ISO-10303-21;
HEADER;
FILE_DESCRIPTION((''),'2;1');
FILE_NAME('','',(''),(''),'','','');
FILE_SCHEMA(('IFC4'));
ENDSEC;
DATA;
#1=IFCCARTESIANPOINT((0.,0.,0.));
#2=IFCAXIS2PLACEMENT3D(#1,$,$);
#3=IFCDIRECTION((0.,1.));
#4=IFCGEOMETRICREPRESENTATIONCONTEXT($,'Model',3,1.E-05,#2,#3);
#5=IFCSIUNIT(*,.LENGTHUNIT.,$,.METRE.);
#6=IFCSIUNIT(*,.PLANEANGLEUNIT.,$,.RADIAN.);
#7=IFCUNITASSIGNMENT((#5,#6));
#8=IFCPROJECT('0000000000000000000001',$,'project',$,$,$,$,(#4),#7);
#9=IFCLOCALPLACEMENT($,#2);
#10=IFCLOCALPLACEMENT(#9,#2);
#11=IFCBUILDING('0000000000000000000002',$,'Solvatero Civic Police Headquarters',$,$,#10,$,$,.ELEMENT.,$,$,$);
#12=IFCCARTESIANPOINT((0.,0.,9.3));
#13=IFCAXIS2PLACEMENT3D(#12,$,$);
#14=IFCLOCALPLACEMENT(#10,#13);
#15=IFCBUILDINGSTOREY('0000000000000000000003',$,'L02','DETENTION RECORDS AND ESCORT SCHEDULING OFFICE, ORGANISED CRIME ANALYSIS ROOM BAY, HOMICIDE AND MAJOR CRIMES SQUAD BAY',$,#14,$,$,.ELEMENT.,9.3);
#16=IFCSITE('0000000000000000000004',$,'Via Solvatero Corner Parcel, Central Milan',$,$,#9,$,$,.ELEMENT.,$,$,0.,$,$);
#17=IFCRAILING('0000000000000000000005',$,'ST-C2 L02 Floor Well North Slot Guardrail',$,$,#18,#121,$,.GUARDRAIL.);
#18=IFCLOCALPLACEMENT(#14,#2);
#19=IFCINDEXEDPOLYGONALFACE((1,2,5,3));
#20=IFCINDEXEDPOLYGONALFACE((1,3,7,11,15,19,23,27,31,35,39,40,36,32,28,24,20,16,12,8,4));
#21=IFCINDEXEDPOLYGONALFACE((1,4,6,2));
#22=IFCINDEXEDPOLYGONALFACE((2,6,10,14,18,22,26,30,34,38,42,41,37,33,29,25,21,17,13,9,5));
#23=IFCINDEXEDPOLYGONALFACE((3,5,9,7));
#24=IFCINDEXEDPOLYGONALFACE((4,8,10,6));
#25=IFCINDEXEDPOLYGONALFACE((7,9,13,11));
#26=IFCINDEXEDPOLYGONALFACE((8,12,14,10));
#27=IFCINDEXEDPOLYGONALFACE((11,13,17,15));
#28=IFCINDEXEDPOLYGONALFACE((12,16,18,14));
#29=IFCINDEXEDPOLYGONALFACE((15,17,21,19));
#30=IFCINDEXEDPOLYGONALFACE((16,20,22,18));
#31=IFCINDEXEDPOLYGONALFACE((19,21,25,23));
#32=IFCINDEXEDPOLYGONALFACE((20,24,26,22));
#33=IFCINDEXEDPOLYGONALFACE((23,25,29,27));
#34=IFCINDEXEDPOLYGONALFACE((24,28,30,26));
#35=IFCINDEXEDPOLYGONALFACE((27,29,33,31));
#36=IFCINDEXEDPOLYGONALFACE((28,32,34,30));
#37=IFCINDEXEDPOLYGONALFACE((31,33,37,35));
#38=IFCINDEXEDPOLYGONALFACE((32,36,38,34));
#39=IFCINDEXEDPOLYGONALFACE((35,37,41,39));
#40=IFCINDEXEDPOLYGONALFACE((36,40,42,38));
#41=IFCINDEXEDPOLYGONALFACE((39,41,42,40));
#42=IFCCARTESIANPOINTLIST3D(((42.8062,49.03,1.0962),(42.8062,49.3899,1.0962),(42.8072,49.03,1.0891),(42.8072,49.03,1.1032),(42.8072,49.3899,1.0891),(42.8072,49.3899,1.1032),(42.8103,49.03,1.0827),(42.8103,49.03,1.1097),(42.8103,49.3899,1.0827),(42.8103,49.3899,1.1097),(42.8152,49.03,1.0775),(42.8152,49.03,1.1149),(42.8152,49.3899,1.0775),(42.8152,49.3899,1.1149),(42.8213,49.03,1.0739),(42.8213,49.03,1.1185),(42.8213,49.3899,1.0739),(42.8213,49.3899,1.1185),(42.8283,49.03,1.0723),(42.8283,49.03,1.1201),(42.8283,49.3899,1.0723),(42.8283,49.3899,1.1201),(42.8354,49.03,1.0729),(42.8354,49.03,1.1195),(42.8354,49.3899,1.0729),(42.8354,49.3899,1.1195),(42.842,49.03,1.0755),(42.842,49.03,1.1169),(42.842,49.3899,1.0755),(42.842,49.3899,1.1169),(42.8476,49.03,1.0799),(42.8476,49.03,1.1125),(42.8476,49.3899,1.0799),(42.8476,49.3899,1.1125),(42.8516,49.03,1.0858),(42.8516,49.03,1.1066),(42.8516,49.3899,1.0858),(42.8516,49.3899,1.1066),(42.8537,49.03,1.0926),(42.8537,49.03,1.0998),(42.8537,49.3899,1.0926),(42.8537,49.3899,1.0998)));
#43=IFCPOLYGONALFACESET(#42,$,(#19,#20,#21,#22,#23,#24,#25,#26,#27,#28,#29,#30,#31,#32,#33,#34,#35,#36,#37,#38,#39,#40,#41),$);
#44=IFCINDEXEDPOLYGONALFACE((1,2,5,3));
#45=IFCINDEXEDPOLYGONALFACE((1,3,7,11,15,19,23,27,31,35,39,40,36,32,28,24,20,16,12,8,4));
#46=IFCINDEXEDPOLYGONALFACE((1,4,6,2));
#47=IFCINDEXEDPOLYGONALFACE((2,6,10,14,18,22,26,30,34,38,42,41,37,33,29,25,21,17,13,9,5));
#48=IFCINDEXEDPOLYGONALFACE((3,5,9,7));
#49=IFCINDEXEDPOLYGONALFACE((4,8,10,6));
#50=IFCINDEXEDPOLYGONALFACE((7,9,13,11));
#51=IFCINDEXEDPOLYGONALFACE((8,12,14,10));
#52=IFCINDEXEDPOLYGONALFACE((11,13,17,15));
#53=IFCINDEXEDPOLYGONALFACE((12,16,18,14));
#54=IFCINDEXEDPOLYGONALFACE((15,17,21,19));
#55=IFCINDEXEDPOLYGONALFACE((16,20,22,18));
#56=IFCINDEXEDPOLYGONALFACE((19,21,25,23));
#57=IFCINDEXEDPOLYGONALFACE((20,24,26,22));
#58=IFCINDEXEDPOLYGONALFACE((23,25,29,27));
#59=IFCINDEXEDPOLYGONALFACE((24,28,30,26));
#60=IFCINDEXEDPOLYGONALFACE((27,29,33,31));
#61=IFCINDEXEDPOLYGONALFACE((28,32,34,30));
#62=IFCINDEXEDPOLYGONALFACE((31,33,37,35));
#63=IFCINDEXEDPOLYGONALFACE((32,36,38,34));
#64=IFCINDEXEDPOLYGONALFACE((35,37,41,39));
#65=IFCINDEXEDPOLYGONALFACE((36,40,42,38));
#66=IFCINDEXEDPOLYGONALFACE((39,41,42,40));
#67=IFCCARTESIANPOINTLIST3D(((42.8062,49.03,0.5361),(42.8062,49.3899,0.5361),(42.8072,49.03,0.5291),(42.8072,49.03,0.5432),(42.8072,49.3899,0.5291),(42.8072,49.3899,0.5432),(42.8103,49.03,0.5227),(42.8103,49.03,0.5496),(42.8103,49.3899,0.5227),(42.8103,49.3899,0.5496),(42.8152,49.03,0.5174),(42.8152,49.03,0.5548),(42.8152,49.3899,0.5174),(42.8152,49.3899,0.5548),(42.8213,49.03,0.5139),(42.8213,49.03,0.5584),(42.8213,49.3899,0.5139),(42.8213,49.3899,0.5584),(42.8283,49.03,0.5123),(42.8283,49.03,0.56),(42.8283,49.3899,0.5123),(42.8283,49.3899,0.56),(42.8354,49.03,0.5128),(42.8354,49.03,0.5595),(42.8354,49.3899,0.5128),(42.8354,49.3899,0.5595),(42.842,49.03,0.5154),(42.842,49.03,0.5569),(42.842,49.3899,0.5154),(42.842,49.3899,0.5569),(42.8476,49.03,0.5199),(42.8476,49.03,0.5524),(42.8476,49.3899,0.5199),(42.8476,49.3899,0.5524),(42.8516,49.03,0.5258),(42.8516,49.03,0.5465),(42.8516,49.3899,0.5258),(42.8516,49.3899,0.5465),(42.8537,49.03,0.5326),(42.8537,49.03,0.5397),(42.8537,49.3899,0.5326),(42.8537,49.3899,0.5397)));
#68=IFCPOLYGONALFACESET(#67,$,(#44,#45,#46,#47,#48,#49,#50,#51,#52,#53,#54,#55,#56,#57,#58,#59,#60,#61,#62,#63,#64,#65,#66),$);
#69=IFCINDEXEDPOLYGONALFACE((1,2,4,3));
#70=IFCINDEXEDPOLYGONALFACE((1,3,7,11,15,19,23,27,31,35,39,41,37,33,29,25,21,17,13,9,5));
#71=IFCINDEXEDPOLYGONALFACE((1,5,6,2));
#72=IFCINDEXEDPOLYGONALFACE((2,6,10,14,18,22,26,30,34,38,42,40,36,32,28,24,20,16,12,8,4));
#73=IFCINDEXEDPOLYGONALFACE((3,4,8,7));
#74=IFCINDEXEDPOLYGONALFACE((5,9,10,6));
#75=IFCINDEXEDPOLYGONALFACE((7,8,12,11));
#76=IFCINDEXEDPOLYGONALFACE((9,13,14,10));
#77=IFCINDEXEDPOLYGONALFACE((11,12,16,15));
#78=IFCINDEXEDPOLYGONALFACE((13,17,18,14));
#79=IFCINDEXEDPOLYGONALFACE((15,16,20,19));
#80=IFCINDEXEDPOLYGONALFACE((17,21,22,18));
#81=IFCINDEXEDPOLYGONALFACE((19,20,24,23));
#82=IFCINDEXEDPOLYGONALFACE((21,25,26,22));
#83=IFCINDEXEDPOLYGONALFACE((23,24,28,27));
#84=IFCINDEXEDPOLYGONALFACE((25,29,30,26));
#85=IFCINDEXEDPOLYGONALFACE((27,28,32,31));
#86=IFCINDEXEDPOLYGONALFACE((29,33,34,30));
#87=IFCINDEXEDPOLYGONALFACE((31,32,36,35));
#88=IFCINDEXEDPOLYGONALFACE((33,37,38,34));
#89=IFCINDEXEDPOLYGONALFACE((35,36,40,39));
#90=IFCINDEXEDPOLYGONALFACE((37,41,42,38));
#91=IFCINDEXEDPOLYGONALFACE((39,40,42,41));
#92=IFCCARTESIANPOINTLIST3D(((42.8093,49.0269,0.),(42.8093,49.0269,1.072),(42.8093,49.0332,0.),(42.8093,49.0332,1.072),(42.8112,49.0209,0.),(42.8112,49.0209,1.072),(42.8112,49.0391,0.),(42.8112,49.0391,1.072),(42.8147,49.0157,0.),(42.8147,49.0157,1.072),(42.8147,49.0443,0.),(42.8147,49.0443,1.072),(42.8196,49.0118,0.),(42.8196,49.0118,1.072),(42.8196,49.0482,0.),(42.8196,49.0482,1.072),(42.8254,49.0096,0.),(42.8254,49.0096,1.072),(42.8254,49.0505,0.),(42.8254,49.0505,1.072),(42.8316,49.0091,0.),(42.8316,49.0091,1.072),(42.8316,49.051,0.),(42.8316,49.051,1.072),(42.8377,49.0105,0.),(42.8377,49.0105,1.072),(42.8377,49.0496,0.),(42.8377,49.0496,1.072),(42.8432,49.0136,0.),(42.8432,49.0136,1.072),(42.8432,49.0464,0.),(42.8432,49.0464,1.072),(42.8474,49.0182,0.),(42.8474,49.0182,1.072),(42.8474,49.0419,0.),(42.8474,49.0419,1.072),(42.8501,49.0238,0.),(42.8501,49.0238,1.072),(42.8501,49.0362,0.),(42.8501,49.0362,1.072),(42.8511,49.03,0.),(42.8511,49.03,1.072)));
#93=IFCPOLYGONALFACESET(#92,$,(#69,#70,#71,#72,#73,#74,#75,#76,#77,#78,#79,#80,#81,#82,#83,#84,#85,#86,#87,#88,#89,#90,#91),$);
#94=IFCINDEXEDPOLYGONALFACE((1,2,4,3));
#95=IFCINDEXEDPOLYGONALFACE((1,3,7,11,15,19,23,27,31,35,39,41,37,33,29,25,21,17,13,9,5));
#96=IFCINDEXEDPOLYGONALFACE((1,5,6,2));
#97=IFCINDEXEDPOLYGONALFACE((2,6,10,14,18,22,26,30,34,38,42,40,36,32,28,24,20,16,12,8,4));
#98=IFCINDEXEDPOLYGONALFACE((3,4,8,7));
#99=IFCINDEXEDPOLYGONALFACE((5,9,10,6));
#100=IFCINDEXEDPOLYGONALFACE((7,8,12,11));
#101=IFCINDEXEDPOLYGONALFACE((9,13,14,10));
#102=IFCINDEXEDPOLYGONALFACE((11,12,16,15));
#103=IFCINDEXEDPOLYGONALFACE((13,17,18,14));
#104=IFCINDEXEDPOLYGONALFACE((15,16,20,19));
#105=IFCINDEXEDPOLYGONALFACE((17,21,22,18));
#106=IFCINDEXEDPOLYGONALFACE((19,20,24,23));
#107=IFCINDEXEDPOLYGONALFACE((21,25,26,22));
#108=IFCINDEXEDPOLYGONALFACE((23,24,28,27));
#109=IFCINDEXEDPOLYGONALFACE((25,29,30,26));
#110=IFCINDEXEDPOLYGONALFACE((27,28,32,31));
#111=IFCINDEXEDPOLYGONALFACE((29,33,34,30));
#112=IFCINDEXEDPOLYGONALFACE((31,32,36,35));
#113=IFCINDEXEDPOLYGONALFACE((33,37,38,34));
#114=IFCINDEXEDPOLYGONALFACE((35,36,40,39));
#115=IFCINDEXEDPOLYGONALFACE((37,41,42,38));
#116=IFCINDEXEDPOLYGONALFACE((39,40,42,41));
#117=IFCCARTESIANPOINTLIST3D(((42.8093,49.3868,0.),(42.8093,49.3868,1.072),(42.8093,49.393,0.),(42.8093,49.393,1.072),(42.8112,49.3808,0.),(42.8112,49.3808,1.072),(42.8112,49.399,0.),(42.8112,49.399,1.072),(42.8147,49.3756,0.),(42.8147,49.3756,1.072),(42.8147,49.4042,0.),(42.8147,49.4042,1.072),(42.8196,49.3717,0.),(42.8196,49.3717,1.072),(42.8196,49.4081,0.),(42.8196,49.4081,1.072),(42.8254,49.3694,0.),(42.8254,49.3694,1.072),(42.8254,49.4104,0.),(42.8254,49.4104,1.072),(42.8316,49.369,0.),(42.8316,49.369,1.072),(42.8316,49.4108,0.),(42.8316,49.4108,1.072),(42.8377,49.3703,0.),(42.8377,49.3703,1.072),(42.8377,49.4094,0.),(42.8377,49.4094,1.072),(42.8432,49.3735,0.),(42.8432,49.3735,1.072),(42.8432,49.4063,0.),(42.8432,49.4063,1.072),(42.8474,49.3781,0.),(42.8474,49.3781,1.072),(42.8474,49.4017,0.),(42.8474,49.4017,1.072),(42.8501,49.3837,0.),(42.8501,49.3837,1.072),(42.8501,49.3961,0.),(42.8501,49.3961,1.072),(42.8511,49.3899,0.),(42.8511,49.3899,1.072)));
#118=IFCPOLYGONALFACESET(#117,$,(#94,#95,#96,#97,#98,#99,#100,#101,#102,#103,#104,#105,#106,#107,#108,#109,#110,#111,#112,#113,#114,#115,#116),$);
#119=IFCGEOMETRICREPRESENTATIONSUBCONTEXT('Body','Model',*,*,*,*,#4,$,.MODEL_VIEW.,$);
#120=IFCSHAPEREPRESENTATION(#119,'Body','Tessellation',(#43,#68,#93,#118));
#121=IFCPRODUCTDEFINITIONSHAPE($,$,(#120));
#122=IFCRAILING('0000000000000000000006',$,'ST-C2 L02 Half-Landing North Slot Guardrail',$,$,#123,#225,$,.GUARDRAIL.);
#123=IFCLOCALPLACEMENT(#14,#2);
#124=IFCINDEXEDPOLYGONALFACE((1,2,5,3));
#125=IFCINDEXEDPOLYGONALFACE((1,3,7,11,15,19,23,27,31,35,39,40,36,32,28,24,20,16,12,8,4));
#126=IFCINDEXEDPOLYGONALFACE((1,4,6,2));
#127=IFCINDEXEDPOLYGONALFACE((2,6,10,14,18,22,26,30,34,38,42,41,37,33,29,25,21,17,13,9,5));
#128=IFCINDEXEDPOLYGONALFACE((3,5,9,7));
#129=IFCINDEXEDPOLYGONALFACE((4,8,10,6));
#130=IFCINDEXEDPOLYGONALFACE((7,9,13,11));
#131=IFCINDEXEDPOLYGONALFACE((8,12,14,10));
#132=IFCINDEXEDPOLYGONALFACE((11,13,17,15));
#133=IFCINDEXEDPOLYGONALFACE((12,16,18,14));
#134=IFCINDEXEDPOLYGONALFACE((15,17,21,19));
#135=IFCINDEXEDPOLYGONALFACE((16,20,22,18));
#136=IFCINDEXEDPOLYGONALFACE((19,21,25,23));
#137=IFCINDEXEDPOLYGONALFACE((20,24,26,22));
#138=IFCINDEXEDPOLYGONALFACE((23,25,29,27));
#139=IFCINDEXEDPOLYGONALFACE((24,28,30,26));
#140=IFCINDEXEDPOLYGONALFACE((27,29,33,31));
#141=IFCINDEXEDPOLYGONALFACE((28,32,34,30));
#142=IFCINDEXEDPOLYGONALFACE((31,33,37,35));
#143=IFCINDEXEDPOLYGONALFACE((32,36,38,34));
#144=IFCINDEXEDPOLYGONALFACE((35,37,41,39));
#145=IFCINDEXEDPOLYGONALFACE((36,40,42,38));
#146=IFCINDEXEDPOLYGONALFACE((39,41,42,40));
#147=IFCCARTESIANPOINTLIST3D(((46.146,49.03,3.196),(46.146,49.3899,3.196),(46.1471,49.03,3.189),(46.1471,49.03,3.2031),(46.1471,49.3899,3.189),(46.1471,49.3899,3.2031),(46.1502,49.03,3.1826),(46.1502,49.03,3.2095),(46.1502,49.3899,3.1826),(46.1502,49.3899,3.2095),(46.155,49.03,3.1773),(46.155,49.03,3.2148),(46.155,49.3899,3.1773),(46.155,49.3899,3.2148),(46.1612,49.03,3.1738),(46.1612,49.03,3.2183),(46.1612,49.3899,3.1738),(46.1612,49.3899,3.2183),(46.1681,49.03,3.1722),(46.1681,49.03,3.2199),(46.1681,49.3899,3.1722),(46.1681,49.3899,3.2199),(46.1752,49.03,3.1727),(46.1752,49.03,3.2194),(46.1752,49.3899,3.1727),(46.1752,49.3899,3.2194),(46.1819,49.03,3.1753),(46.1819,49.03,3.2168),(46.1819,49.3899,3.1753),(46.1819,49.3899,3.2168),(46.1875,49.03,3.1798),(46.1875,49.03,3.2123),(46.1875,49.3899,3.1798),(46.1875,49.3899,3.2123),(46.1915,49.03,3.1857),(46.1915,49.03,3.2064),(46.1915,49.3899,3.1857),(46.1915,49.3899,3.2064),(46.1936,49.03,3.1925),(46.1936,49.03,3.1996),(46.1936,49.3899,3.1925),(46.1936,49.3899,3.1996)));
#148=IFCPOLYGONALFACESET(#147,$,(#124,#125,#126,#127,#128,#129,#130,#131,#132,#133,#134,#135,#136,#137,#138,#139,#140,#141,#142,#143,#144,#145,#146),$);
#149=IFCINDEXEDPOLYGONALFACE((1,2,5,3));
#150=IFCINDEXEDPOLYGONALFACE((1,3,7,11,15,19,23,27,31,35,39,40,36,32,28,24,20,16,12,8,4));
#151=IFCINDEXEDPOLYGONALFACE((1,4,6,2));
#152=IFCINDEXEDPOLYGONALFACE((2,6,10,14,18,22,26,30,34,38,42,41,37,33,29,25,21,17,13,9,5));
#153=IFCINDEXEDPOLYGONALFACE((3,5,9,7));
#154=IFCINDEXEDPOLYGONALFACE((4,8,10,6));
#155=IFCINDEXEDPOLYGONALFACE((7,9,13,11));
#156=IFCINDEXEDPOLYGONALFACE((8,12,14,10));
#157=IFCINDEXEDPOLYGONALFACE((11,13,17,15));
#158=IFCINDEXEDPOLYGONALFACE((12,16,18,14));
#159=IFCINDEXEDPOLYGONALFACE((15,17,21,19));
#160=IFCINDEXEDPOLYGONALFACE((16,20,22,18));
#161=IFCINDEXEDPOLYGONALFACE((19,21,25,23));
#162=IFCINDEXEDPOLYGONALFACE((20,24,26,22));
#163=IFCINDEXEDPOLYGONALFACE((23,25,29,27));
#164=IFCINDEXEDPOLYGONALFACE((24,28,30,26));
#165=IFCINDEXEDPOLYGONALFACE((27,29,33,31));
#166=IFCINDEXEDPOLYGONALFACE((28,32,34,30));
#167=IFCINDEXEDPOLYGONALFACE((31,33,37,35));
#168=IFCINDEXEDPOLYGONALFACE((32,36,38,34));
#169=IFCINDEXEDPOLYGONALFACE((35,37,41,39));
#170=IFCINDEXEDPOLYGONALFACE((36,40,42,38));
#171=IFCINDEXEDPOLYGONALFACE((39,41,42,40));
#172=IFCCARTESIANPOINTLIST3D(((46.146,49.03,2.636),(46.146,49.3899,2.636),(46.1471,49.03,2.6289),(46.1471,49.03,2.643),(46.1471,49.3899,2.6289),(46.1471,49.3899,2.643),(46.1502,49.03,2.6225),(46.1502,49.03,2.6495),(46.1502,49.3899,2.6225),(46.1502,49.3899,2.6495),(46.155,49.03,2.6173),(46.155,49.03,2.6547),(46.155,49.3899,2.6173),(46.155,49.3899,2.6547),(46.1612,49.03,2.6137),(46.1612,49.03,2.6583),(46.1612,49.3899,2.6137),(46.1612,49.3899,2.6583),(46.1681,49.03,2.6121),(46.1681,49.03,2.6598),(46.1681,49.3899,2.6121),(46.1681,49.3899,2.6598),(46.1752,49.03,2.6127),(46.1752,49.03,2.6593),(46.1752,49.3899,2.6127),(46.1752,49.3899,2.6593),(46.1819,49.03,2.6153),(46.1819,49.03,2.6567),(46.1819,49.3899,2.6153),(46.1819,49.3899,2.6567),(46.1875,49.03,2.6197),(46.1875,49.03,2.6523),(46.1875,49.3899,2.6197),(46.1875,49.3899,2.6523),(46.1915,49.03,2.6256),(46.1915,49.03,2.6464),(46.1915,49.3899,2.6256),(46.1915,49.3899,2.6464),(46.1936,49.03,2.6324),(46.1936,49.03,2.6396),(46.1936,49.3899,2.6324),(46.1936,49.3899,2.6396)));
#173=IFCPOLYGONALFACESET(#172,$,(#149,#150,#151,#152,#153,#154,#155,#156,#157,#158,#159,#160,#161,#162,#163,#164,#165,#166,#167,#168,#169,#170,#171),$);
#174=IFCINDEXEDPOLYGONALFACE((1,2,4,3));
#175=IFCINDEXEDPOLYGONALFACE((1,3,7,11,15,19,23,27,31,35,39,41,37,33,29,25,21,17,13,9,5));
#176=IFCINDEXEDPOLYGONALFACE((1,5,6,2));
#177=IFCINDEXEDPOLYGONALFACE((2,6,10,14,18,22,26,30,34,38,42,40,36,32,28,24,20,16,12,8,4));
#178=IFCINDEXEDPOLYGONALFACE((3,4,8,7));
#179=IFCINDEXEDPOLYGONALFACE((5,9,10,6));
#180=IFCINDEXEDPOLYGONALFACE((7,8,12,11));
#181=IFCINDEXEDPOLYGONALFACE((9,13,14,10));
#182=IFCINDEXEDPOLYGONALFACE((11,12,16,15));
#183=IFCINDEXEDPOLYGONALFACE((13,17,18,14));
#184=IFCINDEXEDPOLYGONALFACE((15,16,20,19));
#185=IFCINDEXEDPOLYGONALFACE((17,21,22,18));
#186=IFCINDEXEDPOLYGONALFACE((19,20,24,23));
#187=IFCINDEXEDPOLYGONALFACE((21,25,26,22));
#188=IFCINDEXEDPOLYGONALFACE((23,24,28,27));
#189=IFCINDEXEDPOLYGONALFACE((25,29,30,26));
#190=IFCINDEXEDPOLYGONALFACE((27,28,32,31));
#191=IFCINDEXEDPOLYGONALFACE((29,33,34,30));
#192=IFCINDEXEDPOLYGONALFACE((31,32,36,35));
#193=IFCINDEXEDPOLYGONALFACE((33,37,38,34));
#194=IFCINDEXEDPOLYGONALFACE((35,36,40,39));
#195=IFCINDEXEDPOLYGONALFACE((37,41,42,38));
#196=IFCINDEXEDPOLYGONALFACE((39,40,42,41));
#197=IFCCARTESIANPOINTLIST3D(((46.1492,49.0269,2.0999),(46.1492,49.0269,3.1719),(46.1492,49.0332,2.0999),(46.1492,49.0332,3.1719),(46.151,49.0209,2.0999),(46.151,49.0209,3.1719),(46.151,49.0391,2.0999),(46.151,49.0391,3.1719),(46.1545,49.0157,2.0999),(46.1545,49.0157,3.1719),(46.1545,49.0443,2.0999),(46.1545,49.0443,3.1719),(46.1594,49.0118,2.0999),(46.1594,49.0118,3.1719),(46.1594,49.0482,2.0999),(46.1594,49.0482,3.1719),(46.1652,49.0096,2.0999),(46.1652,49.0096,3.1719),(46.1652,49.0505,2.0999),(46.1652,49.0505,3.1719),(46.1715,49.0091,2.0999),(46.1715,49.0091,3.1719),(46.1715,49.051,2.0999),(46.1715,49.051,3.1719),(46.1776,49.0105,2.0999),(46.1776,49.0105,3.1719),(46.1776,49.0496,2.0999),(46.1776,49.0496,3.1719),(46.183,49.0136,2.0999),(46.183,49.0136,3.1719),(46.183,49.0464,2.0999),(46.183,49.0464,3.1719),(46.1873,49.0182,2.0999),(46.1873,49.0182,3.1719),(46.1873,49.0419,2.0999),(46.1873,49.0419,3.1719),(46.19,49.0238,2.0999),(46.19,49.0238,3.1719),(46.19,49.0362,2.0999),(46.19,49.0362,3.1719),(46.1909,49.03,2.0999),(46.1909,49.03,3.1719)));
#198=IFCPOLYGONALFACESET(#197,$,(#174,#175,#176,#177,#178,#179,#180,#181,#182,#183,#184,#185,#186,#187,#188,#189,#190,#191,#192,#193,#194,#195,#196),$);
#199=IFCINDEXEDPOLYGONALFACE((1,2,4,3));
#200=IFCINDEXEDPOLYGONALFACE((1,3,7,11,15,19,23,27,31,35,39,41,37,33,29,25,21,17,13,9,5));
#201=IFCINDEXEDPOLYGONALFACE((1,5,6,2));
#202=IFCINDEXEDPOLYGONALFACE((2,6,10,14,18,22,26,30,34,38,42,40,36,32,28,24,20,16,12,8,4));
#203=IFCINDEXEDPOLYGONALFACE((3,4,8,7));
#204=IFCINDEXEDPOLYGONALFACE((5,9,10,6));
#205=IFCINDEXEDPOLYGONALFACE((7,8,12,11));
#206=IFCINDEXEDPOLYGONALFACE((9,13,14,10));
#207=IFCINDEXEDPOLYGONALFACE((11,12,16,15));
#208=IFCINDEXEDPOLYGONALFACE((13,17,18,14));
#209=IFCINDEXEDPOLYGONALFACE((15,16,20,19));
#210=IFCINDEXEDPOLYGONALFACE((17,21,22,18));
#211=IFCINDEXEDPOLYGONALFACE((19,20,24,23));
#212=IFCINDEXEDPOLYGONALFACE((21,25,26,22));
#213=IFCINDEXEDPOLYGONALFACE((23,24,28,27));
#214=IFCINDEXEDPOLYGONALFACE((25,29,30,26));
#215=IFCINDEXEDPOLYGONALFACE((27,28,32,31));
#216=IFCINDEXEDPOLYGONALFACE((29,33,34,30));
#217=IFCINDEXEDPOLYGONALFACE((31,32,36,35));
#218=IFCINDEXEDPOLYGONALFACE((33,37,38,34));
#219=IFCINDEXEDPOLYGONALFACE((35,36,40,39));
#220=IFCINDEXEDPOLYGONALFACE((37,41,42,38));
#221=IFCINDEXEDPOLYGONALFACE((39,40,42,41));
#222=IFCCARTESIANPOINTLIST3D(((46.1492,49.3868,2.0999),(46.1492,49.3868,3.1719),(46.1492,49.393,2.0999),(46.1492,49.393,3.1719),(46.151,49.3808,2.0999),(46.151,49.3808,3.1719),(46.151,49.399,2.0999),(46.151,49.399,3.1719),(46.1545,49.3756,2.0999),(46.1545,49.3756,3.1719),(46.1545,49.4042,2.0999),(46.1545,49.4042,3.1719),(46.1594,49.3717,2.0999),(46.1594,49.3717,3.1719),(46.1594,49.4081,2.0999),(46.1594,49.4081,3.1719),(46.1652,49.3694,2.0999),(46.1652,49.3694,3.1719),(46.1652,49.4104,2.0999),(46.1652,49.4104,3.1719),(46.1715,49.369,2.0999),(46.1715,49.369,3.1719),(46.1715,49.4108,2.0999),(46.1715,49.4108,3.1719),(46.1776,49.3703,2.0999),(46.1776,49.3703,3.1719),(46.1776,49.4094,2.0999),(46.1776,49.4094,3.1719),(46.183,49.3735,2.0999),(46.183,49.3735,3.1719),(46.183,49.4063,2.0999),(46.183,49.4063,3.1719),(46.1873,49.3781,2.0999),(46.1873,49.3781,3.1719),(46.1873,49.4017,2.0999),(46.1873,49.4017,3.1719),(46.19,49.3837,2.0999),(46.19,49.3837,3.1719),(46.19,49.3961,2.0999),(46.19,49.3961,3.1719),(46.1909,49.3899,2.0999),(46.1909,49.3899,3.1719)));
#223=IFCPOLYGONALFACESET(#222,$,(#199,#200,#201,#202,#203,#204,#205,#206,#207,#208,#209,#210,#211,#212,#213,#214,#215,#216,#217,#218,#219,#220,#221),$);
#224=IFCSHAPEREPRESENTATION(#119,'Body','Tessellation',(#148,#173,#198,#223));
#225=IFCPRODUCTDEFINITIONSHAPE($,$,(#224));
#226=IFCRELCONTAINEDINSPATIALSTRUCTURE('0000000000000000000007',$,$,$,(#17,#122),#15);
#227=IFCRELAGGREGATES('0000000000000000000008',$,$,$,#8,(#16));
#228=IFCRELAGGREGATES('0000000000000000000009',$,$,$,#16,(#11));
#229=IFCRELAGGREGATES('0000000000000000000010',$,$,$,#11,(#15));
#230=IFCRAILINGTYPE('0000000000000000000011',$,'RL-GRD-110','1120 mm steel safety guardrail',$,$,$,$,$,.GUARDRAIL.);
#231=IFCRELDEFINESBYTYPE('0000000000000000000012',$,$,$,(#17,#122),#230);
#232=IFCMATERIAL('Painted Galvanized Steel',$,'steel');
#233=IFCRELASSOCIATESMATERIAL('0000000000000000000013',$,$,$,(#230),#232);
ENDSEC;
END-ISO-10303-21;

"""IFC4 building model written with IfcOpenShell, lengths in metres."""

from ifc_helpers import new_model, si_unit, direction, frame, origin, origin_2d, place, context, subcontext, project, spatial, circle, extrude, material, type_object, element, save


model = new_model("IFC4")

# Units and contexts
model_context = context("Model", 3, precision=1e-05, world=origin(), true_north=direction((0.0, 1.0)))
body_context = subcontext(model_context, "Body", "Model", "MODEL_VIEW")
ifc_project = project(units=[si_unit("LENGTHUNIT", "METRE"), si_unit("PLANEANGLEUNIT", "RADIAN")], contexts=[model_context])

# Site, building, storey
site_placement = place(None, origin())
site = spatial("IfcSite", under=ifc_project, at=site_placement, Name="Via Solvatero Corner Parcel, Central Milan", CompositionType="ELEMENT", RefElevation=0.0)
building_placement = place(site_placement, origin())
building = spatial("IfcBuilding", under=site, at=building_placement, Name="Solvatero Civic Police Headquarters", CompositionType="ELEMENT")
storey_placement = place(building_placement, frame((0.0, 0.0, 9.3)))
storey = spatial("IfcBuildingStorey", under=building, at=storey_placement, Name="L02", Description="DETENTION RECORDS AND ESCORT SCHEDULING OFFICE, ORGANISED CRIME ANALYSIS ROOM BAY, HOMICIDE AND MAJOR CRIMES SQUAD BAY", CompositionType="ELEMENT", Elevation=9.3)

# Railings
ifc_material_1 = material(Name="Painted Galvanized Steel", Category="steel")
railing_type_1 = type_object("IfcRailingType", Name="RL-GRD-110", Description="1120 mm steel safety guardrail", PredefinedType="GUARDRAIL", material=ifc_material_1)
for number, where, name in (
    (1, (42.8301, 49.03, 0.0), "ST-C2 L02 Floor Well North Slot Guardrail"),
    (2, (46.1699, 49.03, 2.0999), "ST-C2 L02 Half-Landing North Slot Guardrail"),
):
    element("IfcRailing", number, at=place(storey_placement, frame(where)), inside=storey, type_object=railing_type_1, Name=name, PredefinedType="GUARDRAIL", context=body_context, shape_type="SweptSolid", body=[
        extrude(circle(Radius=0.0239, at=origin_2d()), frame((0.0, 0.0, 1.0962), z_axis=(0.0, 1.0, 0.0), x_axis=(-1.0, 0.0, 0.0)), (0.0, 0.0, 1.0), 0.3599),
        extrude(circle(Radius=0.0239, at=origin_2d()), frame((0.0, 0.0, 0.5361), z_axis=(0.0, 1.0, 0.0), x_axis=(-1.0, 0.0, 0.0)), (0.0, 0.0, 1.0), 0.3599),
        extrude(circle(Radius=0.021, at=origin_2d()), origin(), (0.0, 0.0, 1.0), 1.072),
        extrude(circle(Radius=0.021, at=origin_2d()), frame((0.0, 0.3599, 0.0)), (0.0, 0.0, 1.0), 1.072),
    ])

save(model, "model.ifc")
